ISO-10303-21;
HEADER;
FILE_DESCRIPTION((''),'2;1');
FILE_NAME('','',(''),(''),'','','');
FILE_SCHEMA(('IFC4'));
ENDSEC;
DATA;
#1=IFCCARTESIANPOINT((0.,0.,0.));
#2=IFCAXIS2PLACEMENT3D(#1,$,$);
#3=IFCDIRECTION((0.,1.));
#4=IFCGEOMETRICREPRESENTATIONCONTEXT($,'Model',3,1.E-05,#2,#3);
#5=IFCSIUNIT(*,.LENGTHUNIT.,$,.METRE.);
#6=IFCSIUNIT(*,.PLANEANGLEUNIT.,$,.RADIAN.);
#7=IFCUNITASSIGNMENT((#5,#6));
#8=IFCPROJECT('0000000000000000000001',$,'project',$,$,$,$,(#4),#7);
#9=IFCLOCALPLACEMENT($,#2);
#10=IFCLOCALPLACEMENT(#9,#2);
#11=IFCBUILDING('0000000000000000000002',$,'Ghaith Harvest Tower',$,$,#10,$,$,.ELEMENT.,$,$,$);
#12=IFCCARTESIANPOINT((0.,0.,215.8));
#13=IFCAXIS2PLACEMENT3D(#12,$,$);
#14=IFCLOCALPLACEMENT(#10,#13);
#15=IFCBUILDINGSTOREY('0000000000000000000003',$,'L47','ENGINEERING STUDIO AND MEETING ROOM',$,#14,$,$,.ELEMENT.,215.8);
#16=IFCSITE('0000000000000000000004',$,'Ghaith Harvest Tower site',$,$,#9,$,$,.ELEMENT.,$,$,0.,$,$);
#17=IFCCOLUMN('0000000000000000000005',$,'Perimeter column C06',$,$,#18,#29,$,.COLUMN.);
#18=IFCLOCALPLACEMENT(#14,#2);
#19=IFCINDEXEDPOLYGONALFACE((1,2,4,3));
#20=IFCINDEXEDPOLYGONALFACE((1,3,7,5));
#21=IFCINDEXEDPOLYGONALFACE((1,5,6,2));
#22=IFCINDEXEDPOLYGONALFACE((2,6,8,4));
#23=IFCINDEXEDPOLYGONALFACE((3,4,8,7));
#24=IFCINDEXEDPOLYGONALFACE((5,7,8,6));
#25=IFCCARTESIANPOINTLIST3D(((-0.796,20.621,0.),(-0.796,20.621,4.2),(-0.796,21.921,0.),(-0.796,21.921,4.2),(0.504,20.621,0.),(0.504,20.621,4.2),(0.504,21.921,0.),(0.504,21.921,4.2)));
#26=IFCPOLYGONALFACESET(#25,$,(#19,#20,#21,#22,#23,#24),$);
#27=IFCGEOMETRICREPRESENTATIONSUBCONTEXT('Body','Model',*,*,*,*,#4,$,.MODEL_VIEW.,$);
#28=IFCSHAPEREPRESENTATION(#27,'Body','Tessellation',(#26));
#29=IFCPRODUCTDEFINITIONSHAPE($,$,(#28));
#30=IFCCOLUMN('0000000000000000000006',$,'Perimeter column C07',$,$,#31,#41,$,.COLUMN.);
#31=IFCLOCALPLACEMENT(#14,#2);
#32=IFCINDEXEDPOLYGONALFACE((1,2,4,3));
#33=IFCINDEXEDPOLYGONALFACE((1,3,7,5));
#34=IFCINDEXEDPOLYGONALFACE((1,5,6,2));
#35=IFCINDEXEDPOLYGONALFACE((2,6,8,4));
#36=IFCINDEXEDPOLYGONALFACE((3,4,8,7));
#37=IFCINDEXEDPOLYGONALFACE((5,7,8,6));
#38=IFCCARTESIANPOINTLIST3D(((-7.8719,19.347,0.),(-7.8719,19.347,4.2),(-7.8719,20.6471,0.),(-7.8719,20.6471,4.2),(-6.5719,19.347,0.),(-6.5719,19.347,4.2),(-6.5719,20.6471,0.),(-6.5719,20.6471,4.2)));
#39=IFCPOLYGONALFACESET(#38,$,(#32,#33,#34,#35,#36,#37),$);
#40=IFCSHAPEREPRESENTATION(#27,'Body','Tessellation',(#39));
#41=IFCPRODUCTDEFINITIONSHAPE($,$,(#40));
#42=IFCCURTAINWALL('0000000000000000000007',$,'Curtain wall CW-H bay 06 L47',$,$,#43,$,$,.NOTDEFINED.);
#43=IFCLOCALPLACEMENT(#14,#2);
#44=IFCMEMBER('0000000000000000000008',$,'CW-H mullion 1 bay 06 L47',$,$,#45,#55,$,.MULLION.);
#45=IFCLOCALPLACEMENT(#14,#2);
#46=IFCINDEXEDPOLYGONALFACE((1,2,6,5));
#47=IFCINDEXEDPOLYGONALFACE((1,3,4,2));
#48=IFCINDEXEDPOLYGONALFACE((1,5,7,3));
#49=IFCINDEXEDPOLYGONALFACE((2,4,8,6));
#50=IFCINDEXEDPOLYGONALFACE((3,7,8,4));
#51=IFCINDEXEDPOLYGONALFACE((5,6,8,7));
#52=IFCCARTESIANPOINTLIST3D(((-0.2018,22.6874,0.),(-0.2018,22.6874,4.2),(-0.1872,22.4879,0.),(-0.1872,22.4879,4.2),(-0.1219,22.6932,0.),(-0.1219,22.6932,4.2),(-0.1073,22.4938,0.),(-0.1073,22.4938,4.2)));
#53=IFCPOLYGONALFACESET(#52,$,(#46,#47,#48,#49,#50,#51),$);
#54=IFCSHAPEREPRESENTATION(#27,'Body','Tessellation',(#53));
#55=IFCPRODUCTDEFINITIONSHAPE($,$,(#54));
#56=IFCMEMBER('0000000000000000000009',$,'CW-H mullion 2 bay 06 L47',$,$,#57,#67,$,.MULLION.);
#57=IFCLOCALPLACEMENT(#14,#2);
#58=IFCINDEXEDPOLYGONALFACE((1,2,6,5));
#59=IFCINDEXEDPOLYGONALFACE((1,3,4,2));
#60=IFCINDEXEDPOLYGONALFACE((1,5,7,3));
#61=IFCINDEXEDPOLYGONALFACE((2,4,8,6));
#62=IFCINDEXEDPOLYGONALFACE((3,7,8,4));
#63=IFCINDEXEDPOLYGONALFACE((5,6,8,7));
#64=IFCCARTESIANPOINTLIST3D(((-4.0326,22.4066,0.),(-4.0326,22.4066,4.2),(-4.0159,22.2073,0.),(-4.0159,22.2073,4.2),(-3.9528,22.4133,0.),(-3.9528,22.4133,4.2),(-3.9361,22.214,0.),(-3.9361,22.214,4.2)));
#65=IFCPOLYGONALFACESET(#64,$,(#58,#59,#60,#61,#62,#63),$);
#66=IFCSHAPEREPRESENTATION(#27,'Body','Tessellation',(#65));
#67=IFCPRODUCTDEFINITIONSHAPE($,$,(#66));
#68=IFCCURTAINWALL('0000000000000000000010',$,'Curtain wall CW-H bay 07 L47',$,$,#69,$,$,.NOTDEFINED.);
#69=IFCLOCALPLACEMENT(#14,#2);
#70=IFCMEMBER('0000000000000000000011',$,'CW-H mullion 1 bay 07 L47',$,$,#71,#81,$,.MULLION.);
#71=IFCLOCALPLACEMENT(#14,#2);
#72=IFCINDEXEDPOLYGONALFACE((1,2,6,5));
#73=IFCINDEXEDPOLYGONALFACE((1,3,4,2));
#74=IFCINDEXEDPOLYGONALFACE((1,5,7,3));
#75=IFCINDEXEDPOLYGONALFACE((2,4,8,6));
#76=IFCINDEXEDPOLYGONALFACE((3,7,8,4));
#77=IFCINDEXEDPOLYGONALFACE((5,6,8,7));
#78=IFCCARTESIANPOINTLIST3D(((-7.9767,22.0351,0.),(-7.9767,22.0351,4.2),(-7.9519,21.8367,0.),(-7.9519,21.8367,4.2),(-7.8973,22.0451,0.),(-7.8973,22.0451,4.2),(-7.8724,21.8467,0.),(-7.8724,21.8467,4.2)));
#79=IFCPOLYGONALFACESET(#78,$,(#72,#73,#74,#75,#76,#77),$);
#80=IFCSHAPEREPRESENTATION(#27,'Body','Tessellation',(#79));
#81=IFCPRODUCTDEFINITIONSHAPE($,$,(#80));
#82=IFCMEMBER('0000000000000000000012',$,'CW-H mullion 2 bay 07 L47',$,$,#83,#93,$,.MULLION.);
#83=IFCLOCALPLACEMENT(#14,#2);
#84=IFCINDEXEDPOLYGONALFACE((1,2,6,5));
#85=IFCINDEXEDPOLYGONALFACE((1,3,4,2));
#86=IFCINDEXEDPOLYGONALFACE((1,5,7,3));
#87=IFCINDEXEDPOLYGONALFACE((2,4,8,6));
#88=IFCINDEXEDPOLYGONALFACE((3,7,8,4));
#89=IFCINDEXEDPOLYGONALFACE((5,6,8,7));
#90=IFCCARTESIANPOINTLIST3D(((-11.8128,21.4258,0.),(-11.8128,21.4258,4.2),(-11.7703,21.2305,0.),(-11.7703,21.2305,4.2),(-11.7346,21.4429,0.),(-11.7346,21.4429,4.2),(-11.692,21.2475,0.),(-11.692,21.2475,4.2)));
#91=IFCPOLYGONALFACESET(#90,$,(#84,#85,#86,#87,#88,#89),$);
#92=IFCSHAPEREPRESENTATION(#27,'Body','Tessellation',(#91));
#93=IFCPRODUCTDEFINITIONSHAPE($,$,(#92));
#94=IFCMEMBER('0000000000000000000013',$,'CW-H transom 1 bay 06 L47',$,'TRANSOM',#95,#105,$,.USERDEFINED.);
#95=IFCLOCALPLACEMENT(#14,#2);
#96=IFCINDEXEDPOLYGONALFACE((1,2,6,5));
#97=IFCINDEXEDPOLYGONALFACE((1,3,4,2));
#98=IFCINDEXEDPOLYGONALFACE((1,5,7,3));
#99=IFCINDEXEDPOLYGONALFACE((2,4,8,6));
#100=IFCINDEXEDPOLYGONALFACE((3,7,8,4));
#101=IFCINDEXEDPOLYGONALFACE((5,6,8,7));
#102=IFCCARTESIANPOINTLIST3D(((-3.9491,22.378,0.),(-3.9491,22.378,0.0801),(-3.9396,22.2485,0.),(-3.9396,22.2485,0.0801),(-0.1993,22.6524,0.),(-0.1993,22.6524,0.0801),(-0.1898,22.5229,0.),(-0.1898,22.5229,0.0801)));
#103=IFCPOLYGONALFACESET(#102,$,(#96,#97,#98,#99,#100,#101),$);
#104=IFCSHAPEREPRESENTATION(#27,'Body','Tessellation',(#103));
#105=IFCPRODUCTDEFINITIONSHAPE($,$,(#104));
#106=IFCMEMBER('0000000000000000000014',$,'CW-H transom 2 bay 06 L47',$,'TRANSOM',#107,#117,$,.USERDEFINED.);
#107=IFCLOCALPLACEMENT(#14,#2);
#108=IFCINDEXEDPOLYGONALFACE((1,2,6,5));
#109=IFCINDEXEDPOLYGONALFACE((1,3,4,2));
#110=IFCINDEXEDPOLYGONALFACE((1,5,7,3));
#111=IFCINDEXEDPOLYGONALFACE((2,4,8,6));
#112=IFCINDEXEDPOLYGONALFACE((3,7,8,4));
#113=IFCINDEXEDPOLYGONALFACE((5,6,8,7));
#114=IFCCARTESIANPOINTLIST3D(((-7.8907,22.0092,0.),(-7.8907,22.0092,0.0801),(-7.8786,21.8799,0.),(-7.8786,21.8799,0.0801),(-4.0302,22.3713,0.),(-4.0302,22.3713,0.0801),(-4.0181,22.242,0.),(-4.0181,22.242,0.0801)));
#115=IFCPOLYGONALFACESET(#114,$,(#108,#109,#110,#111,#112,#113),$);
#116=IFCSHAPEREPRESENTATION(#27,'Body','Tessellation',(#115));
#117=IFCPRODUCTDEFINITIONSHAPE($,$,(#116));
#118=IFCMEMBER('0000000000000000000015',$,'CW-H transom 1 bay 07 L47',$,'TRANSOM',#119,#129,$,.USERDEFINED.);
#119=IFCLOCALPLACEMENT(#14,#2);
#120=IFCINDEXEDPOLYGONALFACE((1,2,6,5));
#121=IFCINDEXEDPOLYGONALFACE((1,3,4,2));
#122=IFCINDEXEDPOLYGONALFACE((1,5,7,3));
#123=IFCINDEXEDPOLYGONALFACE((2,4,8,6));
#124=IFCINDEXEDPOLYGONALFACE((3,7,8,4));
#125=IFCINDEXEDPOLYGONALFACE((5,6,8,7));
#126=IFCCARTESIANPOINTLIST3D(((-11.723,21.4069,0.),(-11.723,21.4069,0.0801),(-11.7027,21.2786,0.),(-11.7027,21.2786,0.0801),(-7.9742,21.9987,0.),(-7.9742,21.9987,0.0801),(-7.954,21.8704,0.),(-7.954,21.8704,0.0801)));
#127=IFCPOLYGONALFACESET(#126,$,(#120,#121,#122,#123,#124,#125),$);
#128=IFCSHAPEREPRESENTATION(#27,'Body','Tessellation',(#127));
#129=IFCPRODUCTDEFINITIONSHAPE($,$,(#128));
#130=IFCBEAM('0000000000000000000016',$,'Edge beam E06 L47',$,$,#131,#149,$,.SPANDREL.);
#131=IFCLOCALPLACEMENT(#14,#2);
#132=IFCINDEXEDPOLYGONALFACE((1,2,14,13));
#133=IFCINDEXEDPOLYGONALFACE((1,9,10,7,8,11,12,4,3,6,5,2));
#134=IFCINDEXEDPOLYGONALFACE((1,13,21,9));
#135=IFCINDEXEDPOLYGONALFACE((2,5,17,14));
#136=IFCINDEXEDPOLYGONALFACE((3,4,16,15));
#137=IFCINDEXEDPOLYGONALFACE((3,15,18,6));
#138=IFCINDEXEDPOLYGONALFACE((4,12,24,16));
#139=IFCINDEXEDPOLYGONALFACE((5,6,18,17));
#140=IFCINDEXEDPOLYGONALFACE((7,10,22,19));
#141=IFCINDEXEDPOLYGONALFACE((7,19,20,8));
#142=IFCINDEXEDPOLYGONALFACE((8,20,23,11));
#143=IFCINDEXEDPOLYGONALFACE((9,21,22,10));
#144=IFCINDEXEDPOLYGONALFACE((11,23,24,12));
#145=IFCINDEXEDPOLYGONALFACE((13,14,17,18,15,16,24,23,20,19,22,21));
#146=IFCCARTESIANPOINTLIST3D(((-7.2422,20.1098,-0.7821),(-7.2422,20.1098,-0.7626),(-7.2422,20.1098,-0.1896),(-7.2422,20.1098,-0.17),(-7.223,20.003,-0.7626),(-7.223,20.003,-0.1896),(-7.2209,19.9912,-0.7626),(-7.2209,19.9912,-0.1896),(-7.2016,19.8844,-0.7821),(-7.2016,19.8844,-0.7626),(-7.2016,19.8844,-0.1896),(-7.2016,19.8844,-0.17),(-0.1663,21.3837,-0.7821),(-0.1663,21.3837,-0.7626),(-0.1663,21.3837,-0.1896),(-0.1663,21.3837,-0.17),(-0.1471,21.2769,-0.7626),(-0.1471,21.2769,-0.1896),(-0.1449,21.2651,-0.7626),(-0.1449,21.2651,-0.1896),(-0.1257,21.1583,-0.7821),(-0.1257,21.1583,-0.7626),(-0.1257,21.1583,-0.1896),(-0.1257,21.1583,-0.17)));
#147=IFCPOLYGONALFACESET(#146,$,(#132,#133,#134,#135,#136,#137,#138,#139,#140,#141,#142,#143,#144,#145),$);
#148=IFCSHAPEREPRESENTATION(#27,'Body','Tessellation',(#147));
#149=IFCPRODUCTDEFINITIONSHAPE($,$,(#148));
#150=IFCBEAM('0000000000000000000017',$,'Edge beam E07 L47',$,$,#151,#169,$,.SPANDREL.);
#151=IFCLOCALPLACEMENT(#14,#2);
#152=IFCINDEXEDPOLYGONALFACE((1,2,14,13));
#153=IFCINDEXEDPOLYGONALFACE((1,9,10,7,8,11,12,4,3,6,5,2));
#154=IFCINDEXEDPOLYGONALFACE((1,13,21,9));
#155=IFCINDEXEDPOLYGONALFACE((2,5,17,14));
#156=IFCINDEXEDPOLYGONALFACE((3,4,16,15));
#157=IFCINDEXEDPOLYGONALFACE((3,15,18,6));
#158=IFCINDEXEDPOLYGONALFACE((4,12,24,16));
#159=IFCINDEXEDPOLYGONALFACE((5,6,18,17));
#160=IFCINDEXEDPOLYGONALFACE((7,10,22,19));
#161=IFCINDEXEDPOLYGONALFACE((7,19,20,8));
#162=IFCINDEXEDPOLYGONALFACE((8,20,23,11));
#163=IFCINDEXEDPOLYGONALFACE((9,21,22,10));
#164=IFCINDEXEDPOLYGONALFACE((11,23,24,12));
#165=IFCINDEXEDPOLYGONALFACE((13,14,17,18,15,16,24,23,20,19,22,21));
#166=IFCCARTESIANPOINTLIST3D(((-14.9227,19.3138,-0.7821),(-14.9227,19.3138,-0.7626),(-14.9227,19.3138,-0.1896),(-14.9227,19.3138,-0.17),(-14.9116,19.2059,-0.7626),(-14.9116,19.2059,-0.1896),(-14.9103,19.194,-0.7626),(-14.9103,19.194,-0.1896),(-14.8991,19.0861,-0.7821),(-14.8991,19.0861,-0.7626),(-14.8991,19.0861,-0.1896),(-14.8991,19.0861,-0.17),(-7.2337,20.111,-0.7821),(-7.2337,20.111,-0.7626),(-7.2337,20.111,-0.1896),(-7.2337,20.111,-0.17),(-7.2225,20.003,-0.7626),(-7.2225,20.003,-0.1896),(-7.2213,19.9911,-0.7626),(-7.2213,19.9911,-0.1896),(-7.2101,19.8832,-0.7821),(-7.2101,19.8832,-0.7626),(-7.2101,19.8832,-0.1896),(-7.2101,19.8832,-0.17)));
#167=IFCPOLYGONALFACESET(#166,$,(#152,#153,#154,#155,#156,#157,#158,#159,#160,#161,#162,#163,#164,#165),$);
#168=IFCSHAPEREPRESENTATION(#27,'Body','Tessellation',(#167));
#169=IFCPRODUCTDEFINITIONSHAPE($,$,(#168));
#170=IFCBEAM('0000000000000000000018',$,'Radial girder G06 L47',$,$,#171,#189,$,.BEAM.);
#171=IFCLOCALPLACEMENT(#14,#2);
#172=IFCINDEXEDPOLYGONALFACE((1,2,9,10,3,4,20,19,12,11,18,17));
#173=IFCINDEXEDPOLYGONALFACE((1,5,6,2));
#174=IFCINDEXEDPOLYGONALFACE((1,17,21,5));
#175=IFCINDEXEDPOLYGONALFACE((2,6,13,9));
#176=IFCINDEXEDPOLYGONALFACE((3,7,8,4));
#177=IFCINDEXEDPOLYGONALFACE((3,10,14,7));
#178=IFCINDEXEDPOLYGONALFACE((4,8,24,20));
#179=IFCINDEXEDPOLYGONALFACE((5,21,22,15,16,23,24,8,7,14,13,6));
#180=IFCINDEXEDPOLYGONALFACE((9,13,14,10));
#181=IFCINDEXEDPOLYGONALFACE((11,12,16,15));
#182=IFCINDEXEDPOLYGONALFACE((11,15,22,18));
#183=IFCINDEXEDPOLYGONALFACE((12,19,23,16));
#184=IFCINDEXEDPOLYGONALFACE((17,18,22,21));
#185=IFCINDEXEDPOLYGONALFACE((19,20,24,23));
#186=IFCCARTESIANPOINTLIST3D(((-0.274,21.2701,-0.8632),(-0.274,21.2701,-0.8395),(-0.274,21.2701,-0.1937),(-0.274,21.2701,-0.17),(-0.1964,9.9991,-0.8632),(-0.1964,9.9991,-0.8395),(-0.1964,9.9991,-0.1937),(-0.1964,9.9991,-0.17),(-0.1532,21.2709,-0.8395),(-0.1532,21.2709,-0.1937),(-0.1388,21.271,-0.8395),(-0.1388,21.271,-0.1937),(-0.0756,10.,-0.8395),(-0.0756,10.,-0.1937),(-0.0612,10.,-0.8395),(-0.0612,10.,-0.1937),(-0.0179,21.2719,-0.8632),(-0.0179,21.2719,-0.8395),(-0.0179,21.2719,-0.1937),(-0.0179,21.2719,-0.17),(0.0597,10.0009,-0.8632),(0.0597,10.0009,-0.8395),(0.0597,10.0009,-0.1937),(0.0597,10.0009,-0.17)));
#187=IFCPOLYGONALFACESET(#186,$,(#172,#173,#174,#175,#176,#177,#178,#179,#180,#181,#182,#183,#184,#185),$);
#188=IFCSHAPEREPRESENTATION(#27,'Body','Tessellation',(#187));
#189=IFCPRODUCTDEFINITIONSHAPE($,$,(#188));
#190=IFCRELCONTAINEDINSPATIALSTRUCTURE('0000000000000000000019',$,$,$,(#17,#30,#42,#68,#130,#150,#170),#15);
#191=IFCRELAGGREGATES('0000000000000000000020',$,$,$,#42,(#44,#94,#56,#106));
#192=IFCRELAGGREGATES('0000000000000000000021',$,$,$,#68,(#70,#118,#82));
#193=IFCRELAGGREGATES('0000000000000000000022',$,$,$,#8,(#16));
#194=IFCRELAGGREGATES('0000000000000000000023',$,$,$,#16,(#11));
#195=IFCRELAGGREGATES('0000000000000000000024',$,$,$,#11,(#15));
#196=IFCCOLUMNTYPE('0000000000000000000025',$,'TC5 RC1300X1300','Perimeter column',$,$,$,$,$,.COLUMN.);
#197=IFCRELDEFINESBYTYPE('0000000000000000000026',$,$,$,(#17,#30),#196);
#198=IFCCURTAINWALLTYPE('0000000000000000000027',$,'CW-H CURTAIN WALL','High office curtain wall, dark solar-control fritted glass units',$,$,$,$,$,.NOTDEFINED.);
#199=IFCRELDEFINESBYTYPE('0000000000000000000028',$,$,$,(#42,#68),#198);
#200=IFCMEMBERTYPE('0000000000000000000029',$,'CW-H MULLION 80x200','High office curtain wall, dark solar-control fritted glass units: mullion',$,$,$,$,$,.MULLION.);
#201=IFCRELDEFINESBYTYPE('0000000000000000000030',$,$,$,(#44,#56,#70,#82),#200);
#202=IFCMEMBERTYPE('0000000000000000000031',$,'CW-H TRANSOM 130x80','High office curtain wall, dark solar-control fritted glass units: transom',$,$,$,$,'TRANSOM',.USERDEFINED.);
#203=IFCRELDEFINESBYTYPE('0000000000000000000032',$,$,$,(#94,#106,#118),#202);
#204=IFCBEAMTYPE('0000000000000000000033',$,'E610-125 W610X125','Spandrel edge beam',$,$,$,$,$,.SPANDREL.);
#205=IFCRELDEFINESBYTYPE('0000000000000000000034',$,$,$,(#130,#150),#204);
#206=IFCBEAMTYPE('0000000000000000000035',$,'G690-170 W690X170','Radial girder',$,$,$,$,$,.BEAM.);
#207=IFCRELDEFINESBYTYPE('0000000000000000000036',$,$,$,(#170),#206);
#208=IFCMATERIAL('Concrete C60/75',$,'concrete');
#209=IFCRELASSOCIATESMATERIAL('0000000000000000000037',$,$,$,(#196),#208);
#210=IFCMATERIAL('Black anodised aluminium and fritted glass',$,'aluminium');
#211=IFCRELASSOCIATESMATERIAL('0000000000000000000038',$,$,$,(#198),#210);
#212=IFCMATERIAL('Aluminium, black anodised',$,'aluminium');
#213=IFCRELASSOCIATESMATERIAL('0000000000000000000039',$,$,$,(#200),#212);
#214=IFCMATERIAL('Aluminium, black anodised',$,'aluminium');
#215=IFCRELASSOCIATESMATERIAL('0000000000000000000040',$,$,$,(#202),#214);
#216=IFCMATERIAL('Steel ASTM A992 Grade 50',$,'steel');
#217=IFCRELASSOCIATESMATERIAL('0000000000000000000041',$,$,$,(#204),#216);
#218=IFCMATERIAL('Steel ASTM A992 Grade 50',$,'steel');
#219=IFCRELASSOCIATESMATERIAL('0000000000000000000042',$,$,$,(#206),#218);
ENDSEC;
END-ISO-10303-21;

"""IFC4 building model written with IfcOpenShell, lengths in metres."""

from ifc_helpers import new_model, si_unit, direction, frame, origin, origin_2d, place, context, subcontext, project, spatial, rectangle, i_section, extrude, material, material_profile, profile_set, type_object, element, aggregate, save


model = new_model("IFC4")

# Units and contexts
model_context = context("Model", 3, precision=1e-05, world=origin(), true_north=direction((0.0, 1.0)))
body_context = subcontext(model_context, "Body", "Model", "MODEL_VIEW")
ifc_project = project(units=[si_unit("LENGTHUNIT", "METRE"), si_unit("PLANEANGLEUNIT", "RADIAN")], contexts=[model_context])

# Site, building, storey
site_placement = place(None, origin())
site = spatial("IfcSite", under=ifc_project, at=site_placement, Name="Ghaith Harvest Tower site", CompositionType="ELEMENT", RefElevation=0.0)
building_placement = place(site_placement, origin())
building = spatial("IfcBuilding", under=site, at=building_placement, Name="Ghaith Harvest Tower", CompositionType="ELEMENT")
storey_placement = place(building_placement, frame((0.0, 0.0, 215.8)))
storey = spatial("IfcBuildingStorey", under=building, at=storey_placement, Name="L47", Description="ENGINEERING STUDIO AND MEETING ROOM", CompositionType="ELEMENT", Elevation=215.8)

# Columns
ifc_material_1 = material(Name="Concrete C60/75", Category="concrete")
ifc_material_profile_1 = material_profile(ifc_material_1, rectangle(XDim=1.3, YDim=1.3, at=origin_2d()), Name="RC1300X1300")
ifc_profile_set_1 = profile_set([ifc_material_profile_1], Name="Concrete C60/75")
column_type = type_object("IfcColumnType", Name="TC5 RC1300X1300", Description="Perimeter column", PredefinedType="COLUMN", material=ifc_profile_set_1)
for number, where, z_axis, x_axis, name in (
    (1, (-0.146, 21.271, 0.0), (0.0, 0.0, 1.0), (1.0, 0.0, 0.0), "Perimeter column C06"),
    (2, (-7.2219, 19.9971, 0.0), (0.0, 0.0, 1.0), (1.0, 0.0, 0.0), "Perimeter column C07"),
):
    element("IfcColumn", number, at=place(storey_placement, frame(where, z_axis=z_axis, x_axis=x_axis)), inside=storey, type_object=column_type, Name=name, PredefinedType="COLUMN", context=body_context, shape_type="SweptSolid", body=[
        extrude(rectangle(XDim=1.3, YDim=1.3, at=origin_2d()), origin(), (0.0, 0.0, 1.0), 4.2),
    ])

# Curtain walls, members
ifc_material_2 = material(Name="Black anodised aluminium and fritted glass", Category="aluminium")
curtain_wall_type = type_object("IfcCurtainWallType", Name="CW-H CURTAIN WALL", Description="High office curtain wall, dark solar-control fritted glass units", PredefinedType="NOTDEFINED", material=ifc_material_2)
curtain_wall_1_placement = place(storey_placement, origin())
curtain_wall_1 = element("IfcCurtainWall", 3, at=curtain_wall_1_placement, inside=storey, type_object=curtain_wall_type, Name="Curtain wall CW-H bay 06 L47", PredefinedType="NOTDEFINED")
ifc_material_3 = material(Name="Aluminium, black anodised", Category="aluminium")
ifc_material_profile_2 = material_profile(ifc_material_3, rectangle(XDim=0.0801, YDim=0.2, at=origin_2d()), Name="CW-H MULLION 80x200")
ifc_profile_set_2 = profile_set([ifc_material_profile_2], Name="Aluminium, black anodised")
member_type_1 = type_object("IfcMemberType", Name="CW-H MULLION 80x200", Description="High office curtain wall, dark solar-control fritted glass units: mullion", PredefinedType="MULLION", material=ifc_profile_set_2)
member_1_placement = place(storey_placement, frame((-0.1545, 22.5906, 0.0), z_axis=(0.0, 0.0, 1.0), x_axis=(-0.997329, -0.073037, 0.0)))
member_1 = element("IfcMember", 4, at=member_1_placement, type_object=member_type_1, Name="CW-H mullion 1 bay 06 L47", PredefinedType="MULLION", context=body_context, shape_type="SweptSolid", body=[
    extrude(rectangle(XDim=0.0801, YDim=0.2, at=origin_2d()), origin(), (0.0, 0.0, 1.0), 4.2),
])
member_2_placement = place(storey_placement, frame((-3.9844, 22.3103, 0.0), z_axis=(0.0, 0.0, 1.0), x_axis=(-0.996523, -0.083324, 0.0)))
member_2 = element("IfcMember", 5, at=member_2_placement, type_object=member_type_1, Name="CW-H mullion 2 bay 06 L47", PredefinedType="MULLION", context=body_context, shape_type="SweptSolid", body=[
    extrude(rectangle(XDim=0.0801, YDim=0.2, at=origin_2d()), origin(), (0.0, 0.0, 1.0), 4.2),
])
curtain_wall_2_placement = place(storey_placement, origin())
curtain_wall_2 = element("IfcCurtainWall", 6, at=curtain_wall_2_placement, inside=storey, type_object=curtain_wall_type, Name="Curtain wall CW-H bay 07 L47", PredefinedType="NOTDEFINED")
member_3_placement = place(storey_placement, frame((-7.9246, 21.9409, 0.0), z_axis=(0.0, 0.0, 1.0), x_axis=(-0.992235, -0.124373, 0.0)))
member_3 = element("IfcMember", 7, at=member_3_placement, type_object=member_type_1, Name="CW-H mullion 1 bay 07 L47", PredefinedType="MULLION", context=body_context, shape_type="SweptSolid", body=[
    extrude(rectangle(XDim=0.0801, YDim=0.2, at=origin_2d()), origin(), (0.0, 0.0, 1.0), 4.2),
])
member_4_placement = place(storey_placement, frame((-11.7524, 21.3367, 0.0), z_axis=(0.0, 0.0, 1.0), x_axis=(-0.977086, -0.212843, 0.0)))
member_4 = element("IfcMember", 8, at=member_4_placement, type_object=member_type_1, Name="CW-H mullion 2 bay 07 L47", PredefinedType="MULLION", context=body_context, shape_type="SweptSolid", body=[
    extrude(rectangle(XDim=0.0801, YDim=0.2, at=origin_2d()), origin(), (0.0, 0.0, 1.0), 4.2),
])

# Members
ifc_material_4 = material(Name="Aluminium, black anodised", Category="aluminium")
ifc_material_profile_3 = material_profile(ifc_material_4, rectangle(XDim=0.1299, YDim=0.0801, at=origin_2d()), Name="CW-H TRANSOM 130x80")
ifc_profile_set_3 = profile_set([ifc_material_profile_3], Name="Aluminium, black anodised")
member_type_2 = type_object("IfcMemberType", Name="CW-H TRANSOM 130x80", Description="High office curtain wall, dark solar-control fritted glass units: transom", ElementType="TRANSOM", PredefinedType="USERDEFINED", material=ifc_profile_set_3)
member_5_placement = place(storey_placement, frame((-0.1946, 22.5876, 0.04), z_axis=(-0.997333, -0.072987, 0.0), x_axis=(0.072987, -0.997333, 0.0)))
member_5 = element("IfcMember", 9, at=member_5_placement, type_object=member_type_2, Name="CW-H transom 1 bay 06 L47", ObjectType="TRANSOM", PredefinedType="USERDEFINED", context=body_context, shape_type="SweptSolid", body=[
    extrude(rectangle(XDim=0.1299, YDim=0.0801, at=origin_2d()), origin(), (0.0, 0.0, 1.0), 3.7598),
])
member_6_placement = place(storey_placement, frame((-4.0242, 22.3066, 0.04), z_axis=(-0.995631, -0.093374, 0.0), x_axis=(0.093374, -0.995631, 0.0)))
member_6 = element("IfcMember", 10, at=member_6_placement, type_object=member_type_2, Name="CW-H transom 2 bay 06 L47", ObjectType="TRANSOM", PredefinedType="USERDEFINED", context=body_context, shape_type="SweptSolid", body=[
    extrude(rectangle(XDim=0.1299, YDim=0.0801, at=origin_2d()), origin(), (0.0, 0.0, 1.0), 3.8774),
])
member_7_placement = place(storey_placement, frame((-7.9641, 21.9346, 0.04), z_axis=(-0.987768, -0.155933, 0.0), x_axis=(0.155933, -0.987768, 0.0)))
member_7 = element("IfcMember", 11, at=member_7_placement, type_object=member_type_2, Name="CW-H transom 1 bay 07 L47", ObjectType="TRANSOM", PredefinedType="USERDEFINED", context=body_context, shape_type="SweptSolid", body=[
    extrude(rectangle(XDim=0.1299, YDim=0.0801, at=origin_2d()), origin(), (0.0, 0.0, 1.0), 3.7952),
])

# Beams
ifc_material_5 = material(Name="Steel ASTM A992 Grade 50", Category="steel")
ifc_material_profile_4 = material_profile(ifc_material_5, i_section(OverallWidth=0.229, OverallDepth=0.6121, WebThickness=0.012, FlangeThickness=0.0195, at=origin_2d()), Name="W610X125")
ifc_profile_set_4 = profile_set([ifc_material_profile_4], Name="Steel ASTM A992 Grade 50")
beam_type_1 = type_object("IfcBeamType", Name="E610-125 W610X125", Description="Spandrel edge beam", PredefinedType="SPANDREL", material=ifc_profile_set_4)
beam_1_placement = place(storey_placement, frame((-0.146, 21.271, -0.4761), z_axis=(-0.984177, -0.177188, 0.0), x_axis=(0.177188, -0.984177, 0.0)))
element("IfcBeam", 12, at=beam_1_placement, inside=storey, type_object=beam_type_1, Name="Edge beam E06 L47", PredefinedType="SPANDREL", context=body_context, shape_type="SweptSolid", body=[
    extrude(i_section(OverallWidth=0.229, OverallDepth=0.6121, WebThickness=0.012, FlangeThickness=0.0195, at=origin_2d()), origin(), (0.0, 0.0, 1.0), 7.1897),
])
beam_2_placement = place(storey_placement, frame((-7.2219, 19.9971, -0.4761), z_axis=(-0.994669, -0.103118, 0.0), x_axis=(0.103118, -0.994669, 0.0)))
element("IfcBeam", 13, at=beam_2_placement, inside=storey, type_object=beam_type_1, Name="Edge beam E07 L47", PredefinedType="SPANDREL", context=body_context, shape_type="SweptSolid", body=[
    extrude(i_section(OverallWidth=0.229, OverallDepth=0.6121, WebThickness=0.012, FlangeThickness=0.0195, at=origin_2d()), origin(), (0.0, 0.0, 1.0), 7.7302),
])
ifc_material_6 = material(Name="Steel ASTM A992 Grade 50", Category="steel")
ifc_material_profile_5 = material_profile(ifc_material_6, i_section(OverallWidth=0.2561, OverallDepth=0.6931, WebThickness=0.0144, FlangeThickness=0.0237, at=origin_2d()), Name="W690X170")
ifc_profile_set_5 = profile_set([ifc_material_profile_5], Name="Steel ASTM A992 Grade 50")
beam_type_2 = type_object("IfcBeamType", Name="G690-170 W690X170", Description="Radial girder", PredefinedType="BEAM", material=ifc_profile_set_5)
beam_3_placement = place(storey_placement, frame((-0.0684, 10.0, -0.5166), z_axis=(-0.006888, 0.999976, 0.0), x_axis=(-0.999976, -0.006888, 0.0)))
element("IfcBeam", 14, at=beam_3_placement, inside=storey, type_object=beam_type_2, Name="Radial girder G06 L47", PredefinedType="BEAM", context=body_context, shape_type="SweptSolid", body=[
    extrude(i_section(OverallWidth=0.2561, OverallDepth=0.6931, WebThickness=0.0144, FlangeThickness=0.0237, at=origin_2d()), origin(), (0.0, 0.0, 1.0), 11.2712),
])

aggregate(curtain_wall_1, [member_1, member_5, member_2, member_6])
aggregate(curtain_wall_2, [member_3, member_7, member_4])

save(model, "model.ifc")
